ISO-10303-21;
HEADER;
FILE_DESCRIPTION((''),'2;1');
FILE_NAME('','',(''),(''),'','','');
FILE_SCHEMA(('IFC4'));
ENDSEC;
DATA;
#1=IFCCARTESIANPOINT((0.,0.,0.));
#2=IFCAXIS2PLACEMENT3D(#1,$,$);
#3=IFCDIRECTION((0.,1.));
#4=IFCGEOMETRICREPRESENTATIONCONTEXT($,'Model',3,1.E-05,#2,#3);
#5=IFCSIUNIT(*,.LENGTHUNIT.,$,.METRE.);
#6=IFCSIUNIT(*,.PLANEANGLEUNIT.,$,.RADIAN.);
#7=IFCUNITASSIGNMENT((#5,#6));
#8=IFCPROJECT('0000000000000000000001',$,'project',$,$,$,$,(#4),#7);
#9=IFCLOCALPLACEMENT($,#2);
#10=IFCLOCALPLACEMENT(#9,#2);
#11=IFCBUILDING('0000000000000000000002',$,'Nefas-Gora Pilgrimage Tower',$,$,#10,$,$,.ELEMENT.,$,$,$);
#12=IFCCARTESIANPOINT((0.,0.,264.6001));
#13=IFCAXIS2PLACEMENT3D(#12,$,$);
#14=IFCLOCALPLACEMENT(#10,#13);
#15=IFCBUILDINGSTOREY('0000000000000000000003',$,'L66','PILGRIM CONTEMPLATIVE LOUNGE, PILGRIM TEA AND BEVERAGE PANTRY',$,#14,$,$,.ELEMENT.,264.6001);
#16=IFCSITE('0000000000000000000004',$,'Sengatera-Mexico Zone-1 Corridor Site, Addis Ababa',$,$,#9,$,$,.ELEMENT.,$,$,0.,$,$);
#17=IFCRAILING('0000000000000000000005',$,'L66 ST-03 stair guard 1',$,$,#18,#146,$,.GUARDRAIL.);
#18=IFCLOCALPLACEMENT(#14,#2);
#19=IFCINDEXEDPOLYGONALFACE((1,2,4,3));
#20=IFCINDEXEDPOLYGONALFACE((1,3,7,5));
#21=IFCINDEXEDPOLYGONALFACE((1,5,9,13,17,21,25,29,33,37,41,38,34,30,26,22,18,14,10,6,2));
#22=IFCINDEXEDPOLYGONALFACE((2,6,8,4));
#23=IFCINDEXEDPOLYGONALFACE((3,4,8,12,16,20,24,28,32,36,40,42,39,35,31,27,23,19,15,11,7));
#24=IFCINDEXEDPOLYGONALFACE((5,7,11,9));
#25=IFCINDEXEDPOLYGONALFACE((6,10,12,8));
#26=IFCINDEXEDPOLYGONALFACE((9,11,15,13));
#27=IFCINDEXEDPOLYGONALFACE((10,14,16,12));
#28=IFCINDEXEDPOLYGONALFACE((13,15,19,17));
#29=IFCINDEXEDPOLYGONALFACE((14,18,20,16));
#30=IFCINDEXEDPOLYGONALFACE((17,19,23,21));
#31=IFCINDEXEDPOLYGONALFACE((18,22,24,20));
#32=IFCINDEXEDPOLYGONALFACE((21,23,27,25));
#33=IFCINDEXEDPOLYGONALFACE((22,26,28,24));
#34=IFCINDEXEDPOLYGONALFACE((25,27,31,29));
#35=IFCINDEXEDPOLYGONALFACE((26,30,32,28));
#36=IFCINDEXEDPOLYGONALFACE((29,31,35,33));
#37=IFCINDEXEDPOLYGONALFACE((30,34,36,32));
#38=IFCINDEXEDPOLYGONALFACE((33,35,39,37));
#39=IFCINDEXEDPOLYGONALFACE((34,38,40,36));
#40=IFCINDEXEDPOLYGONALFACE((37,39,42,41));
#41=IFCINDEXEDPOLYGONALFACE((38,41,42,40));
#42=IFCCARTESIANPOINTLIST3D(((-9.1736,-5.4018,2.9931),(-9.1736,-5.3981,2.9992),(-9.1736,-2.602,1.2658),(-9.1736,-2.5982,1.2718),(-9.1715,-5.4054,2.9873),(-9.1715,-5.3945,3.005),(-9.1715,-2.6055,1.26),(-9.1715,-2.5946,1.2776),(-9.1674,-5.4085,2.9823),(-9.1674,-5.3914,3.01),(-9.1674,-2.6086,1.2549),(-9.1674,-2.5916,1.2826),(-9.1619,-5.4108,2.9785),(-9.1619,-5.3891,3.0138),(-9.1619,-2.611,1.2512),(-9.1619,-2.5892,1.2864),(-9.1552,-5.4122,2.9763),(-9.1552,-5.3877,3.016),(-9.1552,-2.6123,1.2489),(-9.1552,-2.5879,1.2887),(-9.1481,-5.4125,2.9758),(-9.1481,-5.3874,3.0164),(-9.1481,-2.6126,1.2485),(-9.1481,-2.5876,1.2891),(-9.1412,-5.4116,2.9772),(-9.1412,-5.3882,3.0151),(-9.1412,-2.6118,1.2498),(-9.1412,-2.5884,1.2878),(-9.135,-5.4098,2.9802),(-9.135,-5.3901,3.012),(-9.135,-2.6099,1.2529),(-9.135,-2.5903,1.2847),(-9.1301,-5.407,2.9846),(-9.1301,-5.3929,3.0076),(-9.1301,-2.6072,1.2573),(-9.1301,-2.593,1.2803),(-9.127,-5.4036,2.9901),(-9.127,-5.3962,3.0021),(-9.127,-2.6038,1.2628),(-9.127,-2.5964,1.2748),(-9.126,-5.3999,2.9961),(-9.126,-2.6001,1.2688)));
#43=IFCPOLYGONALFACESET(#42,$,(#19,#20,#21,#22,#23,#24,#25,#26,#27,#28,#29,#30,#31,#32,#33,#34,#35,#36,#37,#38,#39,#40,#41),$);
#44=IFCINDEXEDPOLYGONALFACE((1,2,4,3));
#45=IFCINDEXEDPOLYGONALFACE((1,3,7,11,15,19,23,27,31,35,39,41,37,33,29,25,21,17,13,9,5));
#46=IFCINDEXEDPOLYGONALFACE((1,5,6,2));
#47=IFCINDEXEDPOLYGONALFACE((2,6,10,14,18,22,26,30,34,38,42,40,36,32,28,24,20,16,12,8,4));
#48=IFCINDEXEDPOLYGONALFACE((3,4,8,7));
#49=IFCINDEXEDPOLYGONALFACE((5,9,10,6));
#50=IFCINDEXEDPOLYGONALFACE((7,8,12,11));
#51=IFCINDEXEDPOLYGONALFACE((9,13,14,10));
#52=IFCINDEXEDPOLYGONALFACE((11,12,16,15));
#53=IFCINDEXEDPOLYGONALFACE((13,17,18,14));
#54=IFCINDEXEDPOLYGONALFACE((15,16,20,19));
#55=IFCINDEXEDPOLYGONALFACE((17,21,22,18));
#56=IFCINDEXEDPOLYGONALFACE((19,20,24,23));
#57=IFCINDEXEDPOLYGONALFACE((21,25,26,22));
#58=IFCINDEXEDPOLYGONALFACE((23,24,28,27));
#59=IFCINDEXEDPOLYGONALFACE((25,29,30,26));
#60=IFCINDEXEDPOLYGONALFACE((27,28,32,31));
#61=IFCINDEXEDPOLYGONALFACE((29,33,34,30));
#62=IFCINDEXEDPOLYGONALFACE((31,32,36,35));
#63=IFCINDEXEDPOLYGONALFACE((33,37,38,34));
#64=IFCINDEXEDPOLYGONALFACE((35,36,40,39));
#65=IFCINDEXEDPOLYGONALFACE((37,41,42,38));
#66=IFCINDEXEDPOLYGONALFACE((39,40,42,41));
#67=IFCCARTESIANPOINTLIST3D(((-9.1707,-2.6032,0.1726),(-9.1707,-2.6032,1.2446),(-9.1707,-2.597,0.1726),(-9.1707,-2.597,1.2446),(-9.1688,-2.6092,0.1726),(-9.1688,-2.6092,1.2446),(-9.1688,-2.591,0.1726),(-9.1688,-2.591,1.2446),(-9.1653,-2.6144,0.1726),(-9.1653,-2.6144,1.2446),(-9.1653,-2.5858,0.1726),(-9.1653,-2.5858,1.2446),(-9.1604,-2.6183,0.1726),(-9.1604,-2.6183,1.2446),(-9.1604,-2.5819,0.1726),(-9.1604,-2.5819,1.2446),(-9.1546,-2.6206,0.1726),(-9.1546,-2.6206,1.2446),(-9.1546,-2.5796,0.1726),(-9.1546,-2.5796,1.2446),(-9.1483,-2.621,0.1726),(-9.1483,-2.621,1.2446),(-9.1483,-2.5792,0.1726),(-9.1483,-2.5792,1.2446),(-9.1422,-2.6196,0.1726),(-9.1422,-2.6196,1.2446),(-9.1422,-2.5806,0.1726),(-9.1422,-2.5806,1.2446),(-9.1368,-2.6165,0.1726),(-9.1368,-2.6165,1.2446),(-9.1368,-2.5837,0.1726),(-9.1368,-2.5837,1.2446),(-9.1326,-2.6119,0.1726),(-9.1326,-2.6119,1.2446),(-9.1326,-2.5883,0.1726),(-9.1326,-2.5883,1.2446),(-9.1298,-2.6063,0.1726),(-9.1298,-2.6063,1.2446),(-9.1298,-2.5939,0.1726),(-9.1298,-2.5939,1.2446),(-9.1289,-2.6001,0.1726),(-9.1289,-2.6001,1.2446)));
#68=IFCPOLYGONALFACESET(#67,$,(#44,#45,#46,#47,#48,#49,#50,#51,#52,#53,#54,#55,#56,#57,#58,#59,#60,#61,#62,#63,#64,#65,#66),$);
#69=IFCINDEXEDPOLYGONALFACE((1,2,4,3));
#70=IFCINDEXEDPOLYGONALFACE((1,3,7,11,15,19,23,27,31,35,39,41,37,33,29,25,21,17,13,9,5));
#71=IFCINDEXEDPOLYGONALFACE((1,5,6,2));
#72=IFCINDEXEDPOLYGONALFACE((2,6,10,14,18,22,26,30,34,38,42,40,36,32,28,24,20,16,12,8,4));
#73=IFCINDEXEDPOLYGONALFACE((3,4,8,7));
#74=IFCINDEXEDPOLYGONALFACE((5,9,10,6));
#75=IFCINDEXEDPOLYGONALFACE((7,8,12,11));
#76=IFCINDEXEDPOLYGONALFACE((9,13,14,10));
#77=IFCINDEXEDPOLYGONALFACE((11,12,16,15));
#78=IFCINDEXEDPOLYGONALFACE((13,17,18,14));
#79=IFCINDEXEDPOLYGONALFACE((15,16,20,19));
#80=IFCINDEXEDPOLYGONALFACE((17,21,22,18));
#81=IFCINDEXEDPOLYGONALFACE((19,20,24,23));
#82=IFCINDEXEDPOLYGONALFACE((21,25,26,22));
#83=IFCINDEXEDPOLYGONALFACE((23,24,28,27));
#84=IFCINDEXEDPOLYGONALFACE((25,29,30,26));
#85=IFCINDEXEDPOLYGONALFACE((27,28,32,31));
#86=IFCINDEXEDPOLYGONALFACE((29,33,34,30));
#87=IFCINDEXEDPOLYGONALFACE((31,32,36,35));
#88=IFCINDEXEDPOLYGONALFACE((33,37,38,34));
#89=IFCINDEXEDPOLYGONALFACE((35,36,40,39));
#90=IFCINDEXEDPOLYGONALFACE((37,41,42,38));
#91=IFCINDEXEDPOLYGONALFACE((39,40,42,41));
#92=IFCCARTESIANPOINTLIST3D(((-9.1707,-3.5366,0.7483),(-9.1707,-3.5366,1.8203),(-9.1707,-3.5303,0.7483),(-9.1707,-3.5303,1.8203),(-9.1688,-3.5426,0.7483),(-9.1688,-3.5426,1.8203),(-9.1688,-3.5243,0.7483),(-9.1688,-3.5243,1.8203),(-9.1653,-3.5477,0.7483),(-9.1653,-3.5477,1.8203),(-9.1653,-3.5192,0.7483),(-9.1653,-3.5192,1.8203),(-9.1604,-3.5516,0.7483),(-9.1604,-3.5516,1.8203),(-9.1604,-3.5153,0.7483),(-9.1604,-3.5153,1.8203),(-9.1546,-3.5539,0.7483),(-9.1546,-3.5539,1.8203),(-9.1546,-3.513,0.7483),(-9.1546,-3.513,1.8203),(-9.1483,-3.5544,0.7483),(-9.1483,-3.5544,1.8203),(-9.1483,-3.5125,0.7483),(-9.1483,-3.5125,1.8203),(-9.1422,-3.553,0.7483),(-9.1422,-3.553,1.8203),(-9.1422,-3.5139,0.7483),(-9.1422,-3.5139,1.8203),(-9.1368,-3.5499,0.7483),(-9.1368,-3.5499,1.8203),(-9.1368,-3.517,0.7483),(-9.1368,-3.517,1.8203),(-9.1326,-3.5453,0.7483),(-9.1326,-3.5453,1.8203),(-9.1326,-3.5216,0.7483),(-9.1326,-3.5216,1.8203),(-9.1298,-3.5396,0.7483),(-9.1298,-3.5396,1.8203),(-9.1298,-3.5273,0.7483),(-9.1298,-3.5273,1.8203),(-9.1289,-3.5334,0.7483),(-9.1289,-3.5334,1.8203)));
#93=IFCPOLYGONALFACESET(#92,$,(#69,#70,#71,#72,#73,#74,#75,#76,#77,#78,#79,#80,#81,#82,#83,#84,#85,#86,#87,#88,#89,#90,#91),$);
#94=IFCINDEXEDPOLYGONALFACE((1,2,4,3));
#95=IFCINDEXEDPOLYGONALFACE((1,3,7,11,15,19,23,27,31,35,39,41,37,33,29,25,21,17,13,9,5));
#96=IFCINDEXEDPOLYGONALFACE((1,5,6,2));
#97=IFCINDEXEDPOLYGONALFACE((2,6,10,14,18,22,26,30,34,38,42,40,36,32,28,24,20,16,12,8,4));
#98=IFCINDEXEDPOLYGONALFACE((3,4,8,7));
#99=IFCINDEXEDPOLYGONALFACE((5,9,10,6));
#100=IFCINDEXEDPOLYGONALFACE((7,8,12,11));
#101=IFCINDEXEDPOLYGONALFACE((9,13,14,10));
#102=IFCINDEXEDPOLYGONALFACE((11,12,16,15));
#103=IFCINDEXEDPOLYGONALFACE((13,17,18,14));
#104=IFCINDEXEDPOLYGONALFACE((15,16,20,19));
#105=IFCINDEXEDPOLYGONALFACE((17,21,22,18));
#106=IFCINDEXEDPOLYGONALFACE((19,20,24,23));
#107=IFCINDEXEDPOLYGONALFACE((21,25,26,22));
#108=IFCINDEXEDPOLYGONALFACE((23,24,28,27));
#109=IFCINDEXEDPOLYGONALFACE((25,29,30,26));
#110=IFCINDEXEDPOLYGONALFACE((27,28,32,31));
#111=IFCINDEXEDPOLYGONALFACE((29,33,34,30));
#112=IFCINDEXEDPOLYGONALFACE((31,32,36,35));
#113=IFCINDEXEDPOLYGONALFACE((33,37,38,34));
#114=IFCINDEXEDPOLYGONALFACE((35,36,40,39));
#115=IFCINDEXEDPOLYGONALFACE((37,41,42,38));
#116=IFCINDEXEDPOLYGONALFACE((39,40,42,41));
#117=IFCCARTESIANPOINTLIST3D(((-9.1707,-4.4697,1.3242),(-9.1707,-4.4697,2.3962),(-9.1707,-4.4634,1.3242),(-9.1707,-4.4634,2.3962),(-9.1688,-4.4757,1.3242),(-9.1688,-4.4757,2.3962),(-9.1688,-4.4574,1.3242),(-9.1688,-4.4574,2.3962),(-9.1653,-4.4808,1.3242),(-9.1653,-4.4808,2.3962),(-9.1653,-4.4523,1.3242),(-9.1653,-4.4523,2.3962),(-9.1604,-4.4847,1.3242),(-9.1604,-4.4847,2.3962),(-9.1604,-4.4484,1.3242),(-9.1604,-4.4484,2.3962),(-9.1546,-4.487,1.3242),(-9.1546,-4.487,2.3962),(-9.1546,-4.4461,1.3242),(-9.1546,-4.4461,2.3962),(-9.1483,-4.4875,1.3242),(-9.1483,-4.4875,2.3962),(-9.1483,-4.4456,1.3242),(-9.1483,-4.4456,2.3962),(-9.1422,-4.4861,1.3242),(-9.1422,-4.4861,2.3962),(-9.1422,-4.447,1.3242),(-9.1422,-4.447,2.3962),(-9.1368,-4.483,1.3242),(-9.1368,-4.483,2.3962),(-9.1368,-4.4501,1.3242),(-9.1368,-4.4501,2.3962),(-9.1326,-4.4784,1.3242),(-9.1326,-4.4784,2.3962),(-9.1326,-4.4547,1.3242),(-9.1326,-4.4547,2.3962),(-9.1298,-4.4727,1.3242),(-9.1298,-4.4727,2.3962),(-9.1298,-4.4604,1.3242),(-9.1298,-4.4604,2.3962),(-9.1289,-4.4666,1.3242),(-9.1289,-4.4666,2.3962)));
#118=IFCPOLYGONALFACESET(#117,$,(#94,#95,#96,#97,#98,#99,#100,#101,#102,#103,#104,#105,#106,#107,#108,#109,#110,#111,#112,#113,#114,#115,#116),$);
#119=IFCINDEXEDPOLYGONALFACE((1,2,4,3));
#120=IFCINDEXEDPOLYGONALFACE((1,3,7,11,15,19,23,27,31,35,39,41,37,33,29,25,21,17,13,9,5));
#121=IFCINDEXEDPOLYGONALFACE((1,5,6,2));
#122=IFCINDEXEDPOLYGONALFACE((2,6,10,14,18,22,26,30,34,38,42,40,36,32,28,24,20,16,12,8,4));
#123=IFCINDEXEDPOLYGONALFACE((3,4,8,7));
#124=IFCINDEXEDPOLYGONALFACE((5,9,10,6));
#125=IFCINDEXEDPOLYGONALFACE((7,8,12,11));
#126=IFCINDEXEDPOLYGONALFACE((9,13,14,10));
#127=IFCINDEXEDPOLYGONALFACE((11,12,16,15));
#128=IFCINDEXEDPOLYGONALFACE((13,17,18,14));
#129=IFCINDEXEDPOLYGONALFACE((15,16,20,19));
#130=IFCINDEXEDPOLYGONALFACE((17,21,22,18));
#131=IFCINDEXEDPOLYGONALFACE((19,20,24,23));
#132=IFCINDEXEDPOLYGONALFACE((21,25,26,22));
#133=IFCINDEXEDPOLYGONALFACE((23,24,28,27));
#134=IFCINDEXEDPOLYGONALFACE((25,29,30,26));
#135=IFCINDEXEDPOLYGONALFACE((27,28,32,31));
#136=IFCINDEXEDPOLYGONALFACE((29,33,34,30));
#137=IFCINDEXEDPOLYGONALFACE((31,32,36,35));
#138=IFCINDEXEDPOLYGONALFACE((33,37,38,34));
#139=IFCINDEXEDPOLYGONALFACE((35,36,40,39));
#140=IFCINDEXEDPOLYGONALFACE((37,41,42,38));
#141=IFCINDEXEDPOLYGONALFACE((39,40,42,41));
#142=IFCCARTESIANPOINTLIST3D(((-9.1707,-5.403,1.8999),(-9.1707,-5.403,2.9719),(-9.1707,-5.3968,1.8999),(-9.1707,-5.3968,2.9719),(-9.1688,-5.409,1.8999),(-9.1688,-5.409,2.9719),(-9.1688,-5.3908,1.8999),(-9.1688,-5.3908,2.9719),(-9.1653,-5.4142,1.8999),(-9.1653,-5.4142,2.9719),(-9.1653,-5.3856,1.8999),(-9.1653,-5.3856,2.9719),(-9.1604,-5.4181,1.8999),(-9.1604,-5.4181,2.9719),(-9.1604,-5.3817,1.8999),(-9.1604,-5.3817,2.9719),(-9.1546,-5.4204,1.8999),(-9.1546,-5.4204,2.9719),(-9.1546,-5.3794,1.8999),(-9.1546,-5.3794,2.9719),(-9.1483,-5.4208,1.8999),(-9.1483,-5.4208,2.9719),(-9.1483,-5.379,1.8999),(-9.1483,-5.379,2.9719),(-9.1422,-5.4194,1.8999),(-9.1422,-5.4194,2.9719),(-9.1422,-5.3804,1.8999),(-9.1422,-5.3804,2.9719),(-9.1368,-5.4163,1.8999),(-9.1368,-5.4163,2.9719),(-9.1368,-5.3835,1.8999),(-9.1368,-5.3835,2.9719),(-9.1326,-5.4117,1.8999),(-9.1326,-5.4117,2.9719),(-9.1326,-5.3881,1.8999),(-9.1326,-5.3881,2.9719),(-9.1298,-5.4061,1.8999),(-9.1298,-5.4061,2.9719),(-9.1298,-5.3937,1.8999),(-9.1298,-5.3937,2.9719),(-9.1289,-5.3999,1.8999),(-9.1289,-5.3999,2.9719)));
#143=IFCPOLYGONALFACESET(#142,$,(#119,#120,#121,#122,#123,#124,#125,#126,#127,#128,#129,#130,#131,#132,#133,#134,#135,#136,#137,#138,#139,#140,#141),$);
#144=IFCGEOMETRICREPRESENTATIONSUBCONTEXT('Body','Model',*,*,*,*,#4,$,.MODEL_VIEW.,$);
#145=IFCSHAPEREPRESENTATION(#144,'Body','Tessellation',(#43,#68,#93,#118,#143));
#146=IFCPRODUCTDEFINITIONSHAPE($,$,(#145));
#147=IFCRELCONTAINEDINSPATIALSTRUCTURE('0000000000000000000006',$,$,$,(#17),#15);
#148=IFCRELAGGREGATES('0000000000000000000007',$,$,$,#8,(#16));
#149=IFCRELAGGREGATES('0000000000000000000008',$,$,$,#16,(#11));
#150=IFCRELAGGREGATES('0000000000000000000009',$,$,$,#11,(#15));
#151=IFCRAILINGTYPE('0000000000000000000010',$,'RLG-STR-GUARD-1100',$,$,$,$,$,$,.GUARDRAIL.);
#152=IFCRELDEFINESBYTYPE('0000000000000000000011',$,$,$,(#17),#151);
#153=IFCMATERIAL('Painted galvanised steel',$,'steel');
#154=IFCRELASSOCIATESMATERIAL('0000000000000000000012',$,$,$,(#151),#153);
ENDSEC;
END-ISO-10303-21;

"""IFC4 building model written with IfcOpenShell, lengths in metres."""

from ifc_helpers import new_model, si_unit, direction, frame, origin, origin_2d, place, context, subcontext, project, spatial, circle, extrude, material, type_object, element, save


model = new_model("IFC4")

# Units and contexts
model_context = context("Model", 3, precision=1e-05, world=origin(), true_north=direction((0.0, 1.0)))
body_context = subcontext(model_context, "Body", "Model", "MODEL_VIEW")
ifc_project = project(units=[si_unit("LENGTHUNIT", "METRE"), si_unit("PLANEANGLEUNIT", "RADIAN")], contexts=[model_context])

# Site, building, storey
site_placement = place(None, origin())
site = spatial("IfcSite", under=ifc_project, at=site_placement, Name="Sengatera-Mexico Zone-1 Corridor Site, Addis Ababa", CompositionType="ELEMENT", RefElevation=0.0)
building_placement = place(site_placement, origin())
building = spatial("IfcBuilding", under=site, at=building_placement, Name="Nefas-Gora Pilgrimage Tower", CompositionType="ELEMENT")
storey_placement = place(building_placement, frame((0.0, 0.0, 264.6001)))
storey = spatial("IfcBuildingStorey", under=building, at=storey_placement, Name="L66", Description="PILGRIM CONTEMPLATIVE LOUNGE, PILGRIM TEA AND BEVERAGE PANTRY", CompositionType="ELEMENT", Elevation=264.6001)

# Railing
ifc_material_1 = material(Name="Painted galvanised steel", Category="steel")
railing_type_1 = type_object("IfcRailingType", Name="RLG-STR-GUARD-1100", PredefinedType="GUARDRAIL", material=ifc_material_1)
railing_1_placement = place(storey_placement, frame((-9.1499, -2.6001, 0.1726)))
element("IfcRailing", 1, at=railing_1_placement, inside=storey, type_object=railing_type_1, Name="L66 ST-03 stair guard 1", PredefinedType="GUARDRAIL", context=body_context, shape_type="SweptSolid", body=[
    extrude(circle(Radius=0.0239, at=origin_2d()), frame((0.0, 0.0, 1.0962), z_axis=(0.0, -0.851069, 0.525054), x_axis=(1.0, 0.0, 0.0)), (0.0, 0.0, 1.0), 3.2898),
    extrude(circle(Radius=0.021, at=origin_2d()), origin(), (0.0, 0.0, 1.0), 1.072),
    extrude(circle(Radius=0.021, at=origin_2d()), frame((0.0, -0.9333, 0.5757)), (0.0, 0.0, 1.0), 1.072),
    extrude(circle(Radius=0.021, at=origin_2d()), frame((0.0, -1.8665, 1.1516)), (0.0, 0.0, 1.0), 1.072),
    extrude(circle(Radius=0.021, at=origin_2d()), frame((0.0, -2.7998, 1.7273)), (0.0, 0.0, 1.0), 1.072),
])

save(model, "model.ifc")
